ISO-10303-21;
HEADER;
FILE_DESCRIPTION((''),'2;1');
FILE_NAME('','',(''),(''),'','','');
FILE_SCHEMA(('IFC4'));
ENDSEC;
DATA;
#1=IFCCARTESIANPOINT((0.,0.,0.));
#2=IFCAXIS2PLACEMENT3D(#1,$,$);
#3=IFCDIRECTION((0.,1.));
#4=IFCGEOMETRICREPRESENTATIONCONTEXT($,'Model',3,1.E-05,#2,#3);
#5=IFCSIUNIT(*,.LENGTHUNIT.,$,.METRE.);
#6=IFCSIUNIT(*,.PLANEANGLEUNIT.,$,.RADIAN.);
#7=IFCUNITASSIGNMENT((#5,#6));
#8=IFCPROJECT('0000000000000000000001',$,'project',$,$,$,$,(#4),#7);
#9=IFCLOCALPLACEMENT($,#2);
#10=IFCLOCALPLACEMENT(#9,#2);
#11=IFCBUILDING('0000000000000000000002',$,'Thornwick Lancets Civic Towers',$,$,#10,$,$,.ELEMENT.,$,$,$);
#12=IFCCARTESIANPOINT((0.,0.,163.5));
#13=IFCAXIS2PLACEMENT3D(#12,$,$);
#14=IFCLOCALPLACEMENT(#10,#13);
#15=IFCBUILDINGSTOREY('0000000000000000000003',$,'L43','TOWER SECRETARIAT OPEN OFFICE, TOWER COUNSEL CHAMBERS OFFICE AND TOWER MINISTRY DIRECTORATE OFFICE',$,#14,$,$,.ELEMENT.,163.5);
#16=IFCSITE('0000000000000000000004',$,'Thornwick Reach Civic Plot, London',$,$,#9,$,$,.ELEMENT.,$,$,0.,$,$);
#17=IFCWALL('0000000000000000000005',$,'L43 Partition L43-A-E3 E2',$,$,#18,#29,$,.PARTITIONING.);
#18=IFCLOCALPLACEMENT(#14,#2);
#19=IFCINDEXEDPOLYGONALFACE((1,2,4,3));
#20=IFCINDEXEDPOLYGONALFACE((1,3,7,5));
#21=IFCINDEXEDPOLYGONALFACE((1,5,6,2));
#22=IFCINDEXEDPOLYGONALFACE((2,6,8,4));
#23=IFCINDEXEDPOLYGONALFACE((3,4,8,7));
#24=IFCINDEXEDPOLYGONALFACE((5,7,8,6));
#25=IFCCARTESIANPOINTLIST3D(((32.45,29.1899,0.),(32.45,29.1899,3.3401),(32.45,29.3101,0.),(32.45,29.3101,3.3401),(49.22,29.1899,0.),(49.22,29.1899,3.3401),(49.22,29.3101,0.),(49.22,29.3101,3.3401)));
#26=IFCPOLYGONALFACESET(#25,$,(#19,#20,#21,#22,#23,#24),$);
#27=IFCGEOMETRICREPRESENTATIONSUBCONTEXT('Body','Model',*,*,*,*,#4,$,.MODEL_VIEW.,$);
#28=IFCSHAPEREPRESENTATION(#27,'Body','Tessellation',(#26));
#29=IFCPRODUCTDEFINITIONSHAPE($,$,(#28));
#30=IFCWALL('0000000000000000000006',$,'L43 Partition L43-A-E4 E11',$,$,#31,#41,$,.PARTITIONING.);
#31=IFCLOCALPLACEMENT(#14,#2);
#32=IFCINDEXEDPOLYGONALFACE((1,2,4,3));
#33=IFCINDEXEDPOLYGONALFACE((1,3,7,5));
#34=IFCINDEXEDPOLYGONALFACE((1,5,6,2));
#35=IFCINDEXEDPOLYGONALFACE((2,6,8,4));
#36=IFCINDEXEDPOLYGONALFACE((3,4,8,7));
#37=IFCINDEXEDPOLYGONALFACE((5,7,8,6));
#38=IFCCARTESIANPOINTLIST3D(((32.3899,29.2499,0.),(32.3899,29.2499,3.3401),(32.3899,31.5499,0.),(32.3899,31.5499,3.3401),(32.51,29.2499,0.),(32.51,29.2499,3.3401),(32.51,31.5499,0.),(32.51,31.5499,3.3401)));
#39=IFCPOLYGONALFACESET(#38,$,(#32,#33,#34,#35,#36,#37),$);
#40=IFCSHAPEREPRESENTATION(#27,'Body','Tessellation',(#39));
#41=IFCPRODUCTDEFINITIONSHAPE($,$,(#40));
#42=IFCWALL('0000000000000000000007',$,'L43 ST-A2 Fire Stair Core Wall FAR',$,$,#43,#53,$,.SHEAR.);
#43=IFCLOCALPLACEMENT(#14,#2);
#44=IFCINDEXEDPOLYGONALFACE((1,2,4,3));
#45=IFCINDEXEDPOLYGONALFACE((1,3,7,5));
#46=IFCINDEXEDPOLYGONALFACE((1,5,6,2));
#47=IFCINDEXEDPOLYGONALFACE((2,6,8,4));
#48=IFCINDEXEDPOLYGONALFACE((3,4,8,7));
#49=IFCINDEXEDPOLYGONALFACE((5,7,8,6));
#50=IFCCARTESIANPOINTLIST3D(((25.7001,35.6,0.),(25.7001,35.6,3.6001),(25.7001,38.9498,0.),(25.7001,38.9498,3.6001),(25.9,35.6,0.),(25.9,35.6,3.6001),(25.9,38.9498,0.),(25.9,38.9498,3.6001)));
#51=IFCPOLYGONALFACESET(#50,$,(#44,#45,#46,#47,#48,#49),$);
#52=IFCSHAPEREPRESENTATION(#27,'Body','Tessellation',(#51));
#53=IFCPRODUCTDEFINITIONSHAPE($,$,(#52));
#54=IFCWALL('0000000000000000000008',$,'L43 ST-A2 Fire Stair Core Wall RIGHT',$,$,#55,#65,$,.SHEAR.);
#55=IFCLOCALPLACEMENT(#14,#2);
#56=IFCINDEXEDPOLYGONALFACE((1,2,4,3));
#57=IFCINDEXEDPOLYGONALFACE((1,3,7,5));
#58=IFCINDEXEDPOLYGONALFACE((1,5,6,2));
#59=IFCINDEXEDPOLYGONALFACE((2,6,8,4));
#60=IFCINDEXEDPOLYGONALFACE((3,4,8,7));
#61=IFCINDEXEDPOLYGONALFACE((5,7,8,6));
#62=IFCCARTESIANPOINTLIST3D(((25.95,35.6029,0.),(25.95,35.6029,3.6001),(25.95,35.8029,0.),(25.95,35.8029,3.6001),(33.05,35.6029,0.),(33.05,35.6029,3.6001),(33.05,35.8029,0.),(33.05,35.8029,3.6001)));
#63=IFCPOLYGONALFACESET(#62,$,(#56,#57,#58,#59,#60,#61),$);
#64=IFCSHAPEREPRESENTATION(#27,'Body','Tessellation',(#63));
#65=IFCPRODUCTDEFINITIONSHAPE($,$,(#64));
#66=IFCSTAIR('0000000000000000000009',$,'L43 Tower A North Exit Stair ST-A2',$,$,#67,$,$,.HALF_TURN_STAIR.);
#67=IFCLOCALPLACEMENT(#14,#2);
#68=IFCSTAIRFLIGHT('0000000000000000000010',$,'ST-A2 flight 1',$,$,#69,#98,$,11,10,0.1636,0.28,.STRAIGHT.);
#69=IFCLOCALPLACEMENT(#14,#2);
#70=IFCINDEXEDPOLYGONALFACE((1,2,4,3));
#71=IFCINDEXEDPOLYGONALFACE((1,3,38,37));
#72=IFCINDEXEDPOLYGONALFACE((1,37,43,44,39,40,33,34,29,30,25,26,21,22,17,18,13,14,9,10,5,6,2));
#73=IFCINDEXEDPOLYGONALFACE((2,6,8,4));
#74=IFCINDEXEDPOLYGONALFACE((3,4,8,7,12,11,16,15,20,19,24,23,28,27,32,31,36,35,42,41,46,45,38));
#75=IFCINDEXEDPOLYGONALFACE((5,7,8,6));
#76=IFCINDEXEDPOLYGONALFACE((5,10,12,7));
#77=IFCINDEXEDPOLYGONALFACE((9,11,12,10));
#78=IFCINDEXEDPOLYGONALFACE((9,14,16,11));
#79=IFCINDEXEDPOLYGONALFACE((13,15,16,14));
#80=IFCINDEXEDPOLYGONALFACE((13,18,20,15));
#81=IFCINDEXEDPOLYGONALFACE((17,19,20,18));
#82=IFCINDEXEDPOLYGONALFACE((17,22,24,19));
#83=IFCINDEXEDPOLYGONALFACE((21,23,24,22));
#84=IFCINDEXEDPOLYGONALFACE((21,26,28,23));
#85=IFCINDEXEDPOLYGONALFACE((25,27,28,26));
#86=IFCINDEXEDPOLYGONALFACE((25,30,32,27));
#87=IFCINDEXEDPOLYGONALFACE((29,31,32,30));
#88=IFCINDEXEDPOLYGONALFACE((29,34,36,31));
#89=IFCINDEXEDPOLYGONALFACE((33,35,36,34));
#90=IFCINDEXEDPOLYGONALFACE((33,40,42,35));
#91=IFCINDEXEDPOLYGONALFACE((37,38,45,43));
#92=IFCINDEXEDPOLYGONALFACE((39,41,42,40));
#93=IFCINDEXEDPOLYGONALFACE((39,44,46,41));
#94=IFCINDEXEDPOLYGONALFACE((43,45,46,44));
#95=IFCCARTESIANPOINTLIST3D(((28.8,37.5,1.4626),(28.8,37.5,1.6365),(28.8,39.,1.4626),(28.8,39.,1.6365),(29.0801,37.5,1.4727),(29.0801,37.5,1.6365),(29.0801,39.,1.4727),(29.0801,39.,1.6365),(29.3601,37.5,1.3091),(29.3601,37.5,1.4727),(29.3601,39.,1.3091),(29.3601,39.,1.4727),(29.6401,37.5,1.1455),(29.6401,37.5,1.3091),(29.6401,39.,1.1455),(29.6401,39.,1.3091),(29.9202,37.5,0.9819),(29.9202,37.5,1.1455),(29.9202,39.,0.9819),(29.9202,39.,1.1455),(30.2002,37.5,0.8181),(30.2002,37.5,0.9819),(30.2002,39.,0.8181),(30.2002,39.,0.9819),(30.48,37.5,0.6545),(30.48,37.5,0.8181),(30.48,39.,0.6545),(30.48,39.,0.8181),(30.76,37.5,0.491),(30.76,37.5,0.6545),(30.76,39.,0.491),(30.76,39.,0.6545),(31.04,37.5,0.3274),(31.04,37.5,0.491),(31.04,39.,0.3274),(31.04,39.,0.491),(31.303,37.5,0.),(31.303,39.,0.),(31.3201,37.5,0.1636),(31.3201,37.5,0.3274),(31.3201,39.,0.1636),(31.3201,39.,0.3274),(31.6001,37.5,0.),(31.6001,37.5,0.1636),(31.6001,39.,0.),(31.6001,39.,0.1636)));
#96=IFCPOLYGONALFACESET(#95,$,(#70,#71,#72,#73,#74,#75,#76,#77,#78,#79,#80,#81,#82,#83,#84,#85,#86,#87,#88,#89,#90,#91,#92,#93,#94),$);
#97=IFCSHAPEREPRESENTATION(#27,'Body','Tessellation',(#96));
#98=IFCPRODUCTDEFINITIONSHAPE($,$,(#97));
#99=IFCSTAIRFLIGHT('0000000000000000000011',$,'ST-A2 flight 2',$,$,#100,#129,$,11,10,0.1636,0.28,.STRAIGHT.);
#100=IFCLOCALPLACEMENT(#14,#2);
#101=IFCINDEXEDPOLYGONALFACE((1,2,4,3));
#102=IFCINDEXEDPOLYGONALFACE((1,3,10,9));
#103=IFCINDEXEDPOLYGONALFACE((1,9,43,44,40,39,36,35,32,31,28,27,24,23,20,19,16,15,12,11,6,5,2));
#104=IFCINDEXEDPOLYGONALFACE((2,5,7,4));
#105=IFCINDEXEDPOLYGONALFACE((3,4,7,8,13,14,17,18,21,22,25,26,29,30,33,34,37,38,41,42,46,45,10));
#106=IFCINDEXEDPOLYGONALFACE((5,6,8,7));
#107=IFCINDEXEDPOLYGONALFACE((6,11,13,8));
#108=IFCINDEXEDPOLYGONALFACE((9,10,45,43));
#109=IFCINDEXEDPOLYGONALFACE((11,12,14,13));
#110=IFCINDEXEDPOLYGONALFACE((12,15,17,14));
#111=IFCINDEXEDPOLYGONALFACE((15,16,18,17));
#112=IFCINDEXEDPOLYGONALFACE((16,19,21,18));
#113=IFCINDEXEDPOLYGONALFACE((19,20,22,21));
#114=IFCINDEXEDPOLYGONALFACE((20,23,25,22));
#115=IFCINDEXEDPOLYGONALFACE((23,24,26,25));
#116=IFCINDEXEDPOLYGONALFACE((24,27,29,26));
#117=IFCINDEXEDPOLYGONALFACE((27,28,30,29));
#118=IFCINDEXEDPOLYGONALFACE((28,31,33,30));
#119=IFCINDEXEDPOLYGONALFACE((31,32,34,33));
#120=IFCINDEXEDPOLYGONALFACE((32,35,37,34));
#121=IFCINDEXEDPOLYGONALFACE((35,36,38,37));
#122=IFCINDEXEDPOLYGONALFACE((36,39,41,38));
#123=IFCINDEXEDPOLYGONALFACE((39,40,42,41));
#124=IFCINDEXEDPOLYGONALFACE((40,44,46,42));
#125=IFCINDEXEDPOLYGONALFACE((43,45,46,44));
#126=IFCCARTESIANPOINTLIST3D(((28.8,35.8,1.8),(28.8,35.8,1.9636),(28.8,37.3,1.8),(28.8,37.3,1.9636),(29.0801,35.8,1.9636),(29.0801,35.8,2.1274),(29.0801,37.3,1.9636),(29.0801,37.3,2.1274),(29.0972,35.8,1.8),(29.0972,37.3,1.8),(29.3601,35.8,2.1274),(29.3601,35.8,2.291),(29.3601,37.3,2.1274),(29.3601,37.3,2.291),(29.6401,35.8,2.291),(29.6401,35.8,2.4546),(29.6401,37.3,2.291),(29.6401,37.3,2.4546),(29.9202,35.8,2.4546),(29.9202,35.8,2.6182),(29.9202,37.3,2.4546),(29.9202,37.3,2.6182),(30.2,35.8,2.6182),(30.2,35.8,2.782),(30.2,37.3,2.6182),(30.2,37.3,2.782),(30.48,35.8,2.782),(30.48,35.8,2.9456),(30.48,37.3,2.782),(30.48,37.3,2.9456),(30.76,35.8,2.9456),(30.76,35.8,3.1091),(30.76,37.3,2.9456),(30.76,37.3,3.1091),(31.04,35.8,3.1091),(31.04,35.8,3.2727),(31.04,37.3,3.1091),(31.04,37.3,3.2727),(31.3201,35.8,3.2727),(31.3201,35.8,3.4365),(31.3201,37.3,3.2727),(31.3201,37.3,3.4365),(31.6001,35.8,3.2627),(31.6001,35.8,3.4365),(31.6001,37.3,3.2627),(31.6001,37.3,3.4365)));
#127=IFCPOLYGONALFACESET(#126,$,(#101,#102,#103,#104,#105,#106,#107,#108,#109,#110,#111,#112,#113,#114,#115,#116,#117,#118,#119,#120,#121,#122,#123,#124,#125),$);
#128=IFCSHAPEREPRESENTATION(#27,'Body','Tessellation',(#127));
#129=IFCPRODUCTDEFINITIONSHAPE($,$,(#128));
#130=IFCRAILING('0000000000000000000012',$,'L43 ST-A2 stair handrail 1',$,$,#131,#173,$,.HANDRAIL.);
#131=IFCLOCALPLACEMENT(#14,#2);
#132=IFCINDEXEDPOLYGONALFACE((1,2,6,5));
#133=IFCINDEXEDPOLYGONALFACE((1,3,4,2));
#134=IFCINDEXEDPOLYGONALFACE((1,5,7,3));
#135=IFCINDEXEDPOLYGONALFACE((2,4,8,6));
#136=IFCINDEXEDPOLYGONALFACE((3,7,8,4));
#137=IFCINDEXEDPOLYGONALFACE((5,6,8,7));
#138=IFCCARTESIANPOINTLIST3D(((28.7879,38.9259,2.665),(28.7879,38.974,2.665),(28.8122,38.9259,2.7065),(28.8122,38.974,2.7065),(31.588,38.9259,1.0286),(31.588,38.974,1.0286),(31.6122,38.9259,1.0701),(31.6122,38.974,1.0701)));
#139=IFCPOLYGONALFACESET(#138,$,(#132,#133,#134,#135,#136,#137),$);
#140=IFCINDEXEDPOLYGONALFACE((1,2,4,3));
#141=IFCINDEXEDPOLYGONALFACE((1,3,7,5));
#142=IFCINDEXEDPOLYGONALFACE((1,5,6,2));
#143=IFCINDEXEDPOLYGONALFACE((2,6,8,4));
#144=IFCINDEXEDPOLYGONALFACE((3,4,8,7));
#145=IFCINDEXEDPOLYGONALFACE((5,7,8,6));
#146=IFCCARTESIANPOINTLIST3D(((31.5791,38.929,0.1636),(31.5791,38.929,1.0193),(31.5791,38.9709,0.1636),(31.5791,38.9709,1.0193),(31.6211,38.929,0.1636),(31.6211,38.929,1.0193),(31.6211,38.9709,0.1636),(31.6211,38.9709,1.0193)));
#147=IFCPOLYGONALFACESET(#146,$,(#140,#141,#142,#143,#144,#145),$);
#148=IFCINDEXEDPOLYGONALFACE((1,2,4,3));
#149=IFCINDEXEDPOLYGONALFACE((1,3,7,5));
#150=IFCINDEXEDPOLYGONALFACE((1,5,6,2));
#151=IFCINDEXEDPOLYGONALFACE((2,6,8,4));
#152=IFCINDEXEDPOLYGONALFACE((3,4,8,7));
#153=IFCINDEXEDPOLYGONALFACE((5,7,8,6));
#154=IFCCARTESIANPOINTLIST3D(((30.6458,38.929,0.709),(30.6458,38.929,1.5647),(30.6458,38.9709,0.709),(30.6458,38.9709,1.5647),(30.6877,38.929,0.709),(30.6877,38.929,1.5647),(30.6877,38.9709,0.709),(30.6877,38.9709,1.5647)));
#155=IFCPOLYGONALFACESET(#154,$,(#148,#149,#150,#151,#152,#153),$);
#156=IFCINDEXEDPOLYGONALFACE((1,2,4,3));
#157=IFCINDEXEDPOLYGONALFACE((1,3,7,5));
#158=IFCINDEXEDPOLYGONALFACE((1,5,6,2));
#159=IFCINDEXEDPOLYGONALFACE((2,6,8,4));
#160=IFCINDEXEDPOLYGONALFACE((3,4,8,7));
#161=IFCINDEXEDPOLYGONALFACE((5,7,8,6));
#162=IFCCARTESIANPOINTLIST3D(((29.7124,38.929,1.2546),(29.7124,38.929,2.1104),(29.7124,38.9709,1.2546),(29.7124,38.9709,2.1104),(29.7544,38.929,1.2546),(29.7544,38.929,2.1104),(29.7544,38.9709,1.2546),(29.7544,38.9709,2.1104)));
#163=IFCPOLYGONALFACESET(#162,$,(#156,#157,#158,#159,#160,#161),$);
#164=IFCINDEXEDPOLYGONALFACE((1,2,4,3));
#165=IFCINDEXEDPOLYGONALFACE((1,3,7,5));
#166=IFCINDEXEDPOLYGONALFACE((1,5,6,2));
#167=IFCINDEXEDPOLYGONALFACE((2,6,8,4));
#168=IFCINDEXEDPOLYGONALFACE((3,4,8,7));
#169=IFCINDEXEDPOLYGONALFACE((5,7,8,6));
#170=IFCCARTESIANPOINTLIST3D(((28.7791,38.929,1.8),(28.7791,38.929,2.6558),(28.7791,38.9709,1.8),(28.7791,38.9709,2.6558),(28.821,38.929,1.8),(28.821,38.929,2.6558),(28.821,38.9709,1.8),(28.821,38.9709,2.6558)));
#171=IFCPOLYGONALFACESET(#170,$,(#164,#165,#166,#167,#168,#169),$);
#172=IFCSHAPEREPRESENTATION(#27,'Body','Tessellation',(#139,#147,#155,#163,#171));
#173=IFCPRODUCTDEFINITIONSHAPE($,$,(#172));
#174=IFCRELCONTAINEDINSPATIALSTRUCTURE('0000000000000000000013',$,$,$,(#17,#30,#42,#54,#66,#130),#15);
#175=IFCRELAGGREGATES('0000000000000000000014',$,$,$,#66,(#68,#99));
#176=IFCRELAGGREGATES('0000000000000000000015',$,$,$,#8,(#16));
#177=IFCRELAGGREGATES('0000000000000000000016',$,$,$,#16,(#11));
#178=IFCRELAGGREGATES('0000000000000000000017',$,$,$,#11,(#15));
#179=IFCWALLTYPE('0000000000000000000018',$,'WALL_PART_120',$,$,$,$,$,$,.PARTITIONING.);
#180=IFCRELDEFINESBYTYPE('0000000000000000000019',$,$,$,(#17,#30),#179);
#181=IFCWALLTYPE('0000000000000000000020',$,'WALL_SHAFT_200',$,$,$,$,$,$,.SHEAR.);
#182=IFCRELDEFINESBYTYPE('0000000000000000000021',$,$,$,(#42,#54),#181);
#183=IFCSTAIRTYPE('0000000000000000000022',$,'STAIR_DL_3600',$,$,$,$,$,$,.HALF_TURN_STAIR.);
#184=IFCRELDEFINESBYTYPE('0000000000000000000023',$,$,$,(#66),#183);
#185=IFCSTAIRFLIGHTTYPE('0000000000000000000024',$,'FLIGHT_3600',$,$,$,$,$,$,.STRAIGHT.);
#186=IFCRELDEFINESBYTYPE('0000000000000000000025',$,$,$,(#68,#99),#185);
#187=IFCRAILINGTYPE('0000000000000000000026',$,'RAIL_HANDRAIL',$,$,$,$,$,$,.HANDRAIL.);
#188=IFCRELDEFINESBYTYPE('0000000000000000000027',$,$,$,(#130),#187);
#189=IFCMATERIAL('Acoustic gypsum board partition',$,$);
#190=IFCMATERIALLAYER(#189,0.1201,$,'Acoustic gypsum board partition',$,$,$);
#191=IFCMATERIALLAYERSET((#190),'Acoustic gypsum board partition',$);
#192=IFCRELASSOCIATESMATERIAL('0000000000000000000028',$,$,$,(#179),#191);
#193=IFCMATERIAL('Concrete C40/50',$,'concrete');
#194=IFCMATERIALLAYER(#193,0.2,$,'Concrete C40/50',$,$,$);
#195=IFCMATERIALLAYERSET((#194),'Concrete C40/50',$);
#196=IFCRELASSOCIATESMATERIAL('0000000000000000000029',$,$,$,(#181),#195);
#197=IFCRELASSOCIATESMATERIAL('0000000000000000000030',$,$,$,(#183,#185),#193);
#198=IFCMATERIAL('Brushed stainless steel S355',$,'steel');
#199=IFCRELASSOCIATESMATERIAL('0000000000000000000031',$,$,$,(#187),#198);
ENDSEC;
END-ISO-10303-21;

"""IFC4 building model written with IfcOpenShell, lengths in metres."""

from ifc_helpers import new_model, si_unit, direction, frame, frame_2d, origin, origin_2d, place, context, subcontext, project, spatial, polyline, rectangle, outline, extrude, material, layer, layer_set, type_object, element, aggregate, save


model = new_model("IFC4")

# Units and contexts
model_context = context("Model", 3, precision=1e-05, world=origin(), true_north=direction((0.0, 1.0)))
body_context = subcontext(model_context, "Body", "Model", "MODEL_VIEW")
ifc_project = project(units=[si_unit("LENGTHUNIT", "METRE"), si_unit("PLANEANGLEUNIT", "RADIAN")], contexts=[model_context])

# Site, building, storey
site_placement = place(None, origin())
site = spatial("IfcSite", under=ifc_project, at=site_placement, Name="Thornwick Reach Civic Plot, London", CompositionType="ELEMENT", RefElevation=0.0)
building_placement = place(site_placement, origin())
building = spatial("IfcBuilding", under=site, at=building_placement, Name="Thornwick Lancets Civic Towers", CompositionType="ELEMENT")
storey_placement = place(building_placement, frame((0.0, 0.0, 163.5)))
storey = spatial("IfcBuildingStorey", under=building, at=storey_placement, Name="L43", Description="TOWER SECRETARIAT OPEN OFFICE, TOWER COUNSEL CHAMBERS OFFICE AND TOWER MINISTRY DIRECTORATE OFFICE", CompositionType="ELEMENT", Elevation=163.5)

# Shared definitions
ifc_material_1 = material(Name="Concrete C40/50", Category="concrete")

# Shared definitions
ifc_material_2 = material(Name="Acoustic gypsum board partition")
ifc_layer_1 = layer(ifc_material_2, 0.1201, Name="Acoustic gypsum board partition")
ifc_layer_set_1 = layer_set([ifc_layer_1], Name="Acoustic gypsum board partition")
wall_type_1 = type_object("IfcWallType", Name="WALL_PART_120", PredefinedType="PARTITIONING", material=ifc_layer_set_1)

# Walls
wall_1_placement = place(storey_placement, frame((32.45, 29.25, 0.0), z_axis=(0.0, 0.0, 1.0), x_axis=(1.0, 0.0, 0.0)))
element("IfcWall", 1, at=wall_1_placement, inside=storey, type_object=wall_type_1, Name="L43 Partition L43-A-E3 E2", PredefinedType="PARTITIONING", context=body_context, shape_type="SweptSolid", body=[
    extrude(rectangle(XDim=16.77, YDim=0.1201, at=frame_2d((8.385, 0.0))), origin(), (0.0, 0.0, 1.0), 3.3401),
])
wall_2_placement = place(storey_placement, frame((32.45, 29.25, 0.0), z_axis=(0.0, 0.0, 1.0), x_axis=(0.0, 1.0, 0.0)))
element("IfcWall", 2, at=wall_2_placement, inside=storey, type_object=wall_type_1, Name="L43 Partition L43-A-E4 E11", PredefinedType="PARTITIONING", context=body_context, shape_type="SweptSolid", body=[
    extrude(rectangle(XDim=2.3, YDim=0.1201, at=frame_2d((1.1499, 0.0))), origin(), (0.0, 0.0, 1.0), 3.3401),
])
ifc_layer_2 = layer(ifc_material_1, 0.2, Name="Concrete C40/50")
ifc_layer_set_2 = layer_set([ifc_layer_2], Name="Concrete C40/50")
wall_type_2 = type_object("IfcWallType", Name="WALL_SHAFT_200", PredefinedType="SHEAR", material=ifc_layer_set_2)
wall_3_placement = place(storey_placement, frame((25.8, 35.6001, 0.0), z_axis=(0.0, 0.0, 1.0), x_axis=(0.0, 1.0, 0.0)))
element("IfcWall", 3, at=wall_3_placement, inside=storey, type_object=wall_type_2, Name="L43 ST-A2 Fire Stair Core Wall FAR", PredefinedType="SHEAR", context=body_context, shape_type="SweptSolid", body=[
    extrude(rectangle(XDim=3.3499, YDim=0.2, at=frame_2d((1.6748, 0.0))), origin(), (0.0, 0.0, 1.0), 3.6001),
])
wall_4_placement = place(storey_placement, frame((25.95, 35.7029, 0.0), z_axis=(0.0, 0.0, 1.0), x_axis=(1.0, 0.0, 0.0)))
element("IfcWall", 4, at=wall_4_placement, inside=storey, type_object=wall_type_2, Name="L43 ST-A2 Fire Stair Core Wall RIGHT", PredefinedType="SHEAR", context=body_context, shape_type="SweptSolid", body=[
    extrude(rectangle(XDim=7.1001, YDim=0.2, at=frame_2d((3.55, 0.0))), origin(), (0.0, 0.0, 1.0), 3.6001),
])

# Stair, stair flights
stair_type = type_object("IfcStairType", Name="STAIR_DL_3600", PredefinedType="HALF_TURN_STAIR", material=ifc_material_1)
stair_placement = place(storey_placement, origin())
stair = element("IfcStair", 5, at=stair_placement, inside=storey, type_object=stair_type, Name="L43 Tower A North Exit Stair ST-A2", PredefinedType="HALF_TURN_STAIR")
stair_flight_type = type_object("IfcStairFlightType", Name="FLIGHT_3600", PredefinedType="STRAIGHT", material=ifc_material_1)
stair_flight_1_placement = place(storey_placement, frame((31.6001, 38.25, 0.0), z_axis=(0.0, 0.0, 1.0), x_axis=(-1.0, 0.0, 0.0)))
stair_flight_1 = element("IfcStairFlight", 6, at=stair_flight_1_placement, type_object=stair_flight_type, Name="ST-A2 flight 1", NumberOfRisers=11, NumberOfTreads=10, PredefinedType="STRAIGHT", RiserHeight=0.1636, TreadLength=0.28, context=body_context, shape_type="SweptSolid", body=[
    extrude(outline(polyline([(0.0, 0.0), (0.0, 0.1636), (0.28, 0.1636), (0.28, 0.3274), (0.5601, 0.3274), (0.5601, 0.491), (0.8401, 0.491), (0.8401, 0.6545), (1.1201, 0.6545), (1.1201, 0.8181), (1.3999, 0.8181), (1.3999, 0.9819), (1.6799, 0.9819), (1.6799, 1.1455), (1.96, 1.1455), (1.96, 1.3091), (2.24, 1.3091), (2.24, 1.4727), (2.52, 1.4727), (2.52, 1.6365), (2.8, 1.6365), (2.8, 1.8), (2.8, 1.4626), (0.2971, 0.0), (0.0, 0.0)])), frame((0.0, 0.75, 0.0), z_axis=(0.0, -1.0, 0.0), x_axis=(1.0, 0.0, 0.0)), (0.0, 0.0, 1.0), 1.5),
])
stair_flight_2_placement = place(storey_placement, frame((28.8, 36.55, 1.8), z_axis=(0.0, 0.0, 1.0), x_axis=(1.0, 0.0, 0.0)))
stair_flight_2 = element("IfcStairFlight", 7, at=stair_flight_2_placement, type_object=stair_flight_type, Name="ST-A2 flight 2", NumberOfRisers=11, NumberOfTreads=10, PredefinedType="STRAIGHT", RiserHeight=0.1636, TreadLength=0.28, context=body_context, shape_type="SweptSolid", body=[
    extrude(outline(polyline([(0.0, 0.0), (0.0, 0.1636), (0.28, 0.1636), (0.28, 0.3274), (0.5601, 0.3274), (0.5601, 0.491), (0.8401, 0.491), (0.8401, 0.6545), (1.1201, 0.6545), (1.1201, 0.8181), (1.3999, 0.8181), (1.3999, 0.9819), (1.6799, 0.9819), (1.6799, 1.1455), (1.96, 1.1455), (1.96, 1.3091), (2.24, 1.3091), (2.24, 1.4727), (2.52, 1.4727), (2.52, 1.6365), (2.8, 1.6365), (2.8, 1.8), (2.8, 1.4626), (0.2971, 0.0), (0.0, 0.0)])), frame((0.0, 0.75, 0.0), z_axis=(0.0, -1.0, 0.0), x_axis=(1.0, 0.0, 0.0)), (0.0, 0.0, 1.0), 1.5),
])
aggregate(stair, [stair_flight_1, stair_flight_2])

# Railing
ifc_material_3 = material(Name="Brushed stainless steel S355", Category="steel")
railing_type_1 = type_object("IfcRailingType", Name="RAIL_HANDRAIL", PredefinedType="HANDRAIL", material=ifc_material_3)
railing_1_placement = place(storey_placement, frame((31.6001, 38.95, 0.1636)))
element("IfcRailing", 8, at=railing_1_placement, inside=storey, type_object=railing_type_1, Name="L43 ST-A2 stair handrail 1", PredefinedType="HANDRAIL", context=body_context, shape_type="SweptSolid", body=[
    extrude(rectangle(XDim=0.0481, YDim=0.0481, at=origin_2d()), frame((0.0, 0.0, 0.8857), z_axis=(-0.863361, 0.0, 0.504587), x_axis=(0.0, -1.0, 0.0)), (0.0, 0.0, 1.0), 3.2432),
    extrude(rectangle(XDim=0.042, YDim=0.042, at=origin_2d()), origin(), (0.0, 0.0, 1.0), 0.8557),
    extrude(rectangle(XDim=0.042, YDim=0.042, at=origin_2d()), frame((-0.9333, 0.0, 0.5454)), (0.0, 0.0, 1.0), 0.8557),
    extrude(rectangle(XDim=0.042, YDim=0.042, at=origin_2d()), frame((-1.8667, 0.0, 1.0911)), (0.0, 0.0, 1.0), 0.8557),
    extrude(rectangle(XDim=0.042, YDim=0.042, at=origin_2d()), frame((-2.8, 0.0, 1.6365)), (0.0, 0.0, 1.0), 0.8557),
])

save(model, "model.ifc")
